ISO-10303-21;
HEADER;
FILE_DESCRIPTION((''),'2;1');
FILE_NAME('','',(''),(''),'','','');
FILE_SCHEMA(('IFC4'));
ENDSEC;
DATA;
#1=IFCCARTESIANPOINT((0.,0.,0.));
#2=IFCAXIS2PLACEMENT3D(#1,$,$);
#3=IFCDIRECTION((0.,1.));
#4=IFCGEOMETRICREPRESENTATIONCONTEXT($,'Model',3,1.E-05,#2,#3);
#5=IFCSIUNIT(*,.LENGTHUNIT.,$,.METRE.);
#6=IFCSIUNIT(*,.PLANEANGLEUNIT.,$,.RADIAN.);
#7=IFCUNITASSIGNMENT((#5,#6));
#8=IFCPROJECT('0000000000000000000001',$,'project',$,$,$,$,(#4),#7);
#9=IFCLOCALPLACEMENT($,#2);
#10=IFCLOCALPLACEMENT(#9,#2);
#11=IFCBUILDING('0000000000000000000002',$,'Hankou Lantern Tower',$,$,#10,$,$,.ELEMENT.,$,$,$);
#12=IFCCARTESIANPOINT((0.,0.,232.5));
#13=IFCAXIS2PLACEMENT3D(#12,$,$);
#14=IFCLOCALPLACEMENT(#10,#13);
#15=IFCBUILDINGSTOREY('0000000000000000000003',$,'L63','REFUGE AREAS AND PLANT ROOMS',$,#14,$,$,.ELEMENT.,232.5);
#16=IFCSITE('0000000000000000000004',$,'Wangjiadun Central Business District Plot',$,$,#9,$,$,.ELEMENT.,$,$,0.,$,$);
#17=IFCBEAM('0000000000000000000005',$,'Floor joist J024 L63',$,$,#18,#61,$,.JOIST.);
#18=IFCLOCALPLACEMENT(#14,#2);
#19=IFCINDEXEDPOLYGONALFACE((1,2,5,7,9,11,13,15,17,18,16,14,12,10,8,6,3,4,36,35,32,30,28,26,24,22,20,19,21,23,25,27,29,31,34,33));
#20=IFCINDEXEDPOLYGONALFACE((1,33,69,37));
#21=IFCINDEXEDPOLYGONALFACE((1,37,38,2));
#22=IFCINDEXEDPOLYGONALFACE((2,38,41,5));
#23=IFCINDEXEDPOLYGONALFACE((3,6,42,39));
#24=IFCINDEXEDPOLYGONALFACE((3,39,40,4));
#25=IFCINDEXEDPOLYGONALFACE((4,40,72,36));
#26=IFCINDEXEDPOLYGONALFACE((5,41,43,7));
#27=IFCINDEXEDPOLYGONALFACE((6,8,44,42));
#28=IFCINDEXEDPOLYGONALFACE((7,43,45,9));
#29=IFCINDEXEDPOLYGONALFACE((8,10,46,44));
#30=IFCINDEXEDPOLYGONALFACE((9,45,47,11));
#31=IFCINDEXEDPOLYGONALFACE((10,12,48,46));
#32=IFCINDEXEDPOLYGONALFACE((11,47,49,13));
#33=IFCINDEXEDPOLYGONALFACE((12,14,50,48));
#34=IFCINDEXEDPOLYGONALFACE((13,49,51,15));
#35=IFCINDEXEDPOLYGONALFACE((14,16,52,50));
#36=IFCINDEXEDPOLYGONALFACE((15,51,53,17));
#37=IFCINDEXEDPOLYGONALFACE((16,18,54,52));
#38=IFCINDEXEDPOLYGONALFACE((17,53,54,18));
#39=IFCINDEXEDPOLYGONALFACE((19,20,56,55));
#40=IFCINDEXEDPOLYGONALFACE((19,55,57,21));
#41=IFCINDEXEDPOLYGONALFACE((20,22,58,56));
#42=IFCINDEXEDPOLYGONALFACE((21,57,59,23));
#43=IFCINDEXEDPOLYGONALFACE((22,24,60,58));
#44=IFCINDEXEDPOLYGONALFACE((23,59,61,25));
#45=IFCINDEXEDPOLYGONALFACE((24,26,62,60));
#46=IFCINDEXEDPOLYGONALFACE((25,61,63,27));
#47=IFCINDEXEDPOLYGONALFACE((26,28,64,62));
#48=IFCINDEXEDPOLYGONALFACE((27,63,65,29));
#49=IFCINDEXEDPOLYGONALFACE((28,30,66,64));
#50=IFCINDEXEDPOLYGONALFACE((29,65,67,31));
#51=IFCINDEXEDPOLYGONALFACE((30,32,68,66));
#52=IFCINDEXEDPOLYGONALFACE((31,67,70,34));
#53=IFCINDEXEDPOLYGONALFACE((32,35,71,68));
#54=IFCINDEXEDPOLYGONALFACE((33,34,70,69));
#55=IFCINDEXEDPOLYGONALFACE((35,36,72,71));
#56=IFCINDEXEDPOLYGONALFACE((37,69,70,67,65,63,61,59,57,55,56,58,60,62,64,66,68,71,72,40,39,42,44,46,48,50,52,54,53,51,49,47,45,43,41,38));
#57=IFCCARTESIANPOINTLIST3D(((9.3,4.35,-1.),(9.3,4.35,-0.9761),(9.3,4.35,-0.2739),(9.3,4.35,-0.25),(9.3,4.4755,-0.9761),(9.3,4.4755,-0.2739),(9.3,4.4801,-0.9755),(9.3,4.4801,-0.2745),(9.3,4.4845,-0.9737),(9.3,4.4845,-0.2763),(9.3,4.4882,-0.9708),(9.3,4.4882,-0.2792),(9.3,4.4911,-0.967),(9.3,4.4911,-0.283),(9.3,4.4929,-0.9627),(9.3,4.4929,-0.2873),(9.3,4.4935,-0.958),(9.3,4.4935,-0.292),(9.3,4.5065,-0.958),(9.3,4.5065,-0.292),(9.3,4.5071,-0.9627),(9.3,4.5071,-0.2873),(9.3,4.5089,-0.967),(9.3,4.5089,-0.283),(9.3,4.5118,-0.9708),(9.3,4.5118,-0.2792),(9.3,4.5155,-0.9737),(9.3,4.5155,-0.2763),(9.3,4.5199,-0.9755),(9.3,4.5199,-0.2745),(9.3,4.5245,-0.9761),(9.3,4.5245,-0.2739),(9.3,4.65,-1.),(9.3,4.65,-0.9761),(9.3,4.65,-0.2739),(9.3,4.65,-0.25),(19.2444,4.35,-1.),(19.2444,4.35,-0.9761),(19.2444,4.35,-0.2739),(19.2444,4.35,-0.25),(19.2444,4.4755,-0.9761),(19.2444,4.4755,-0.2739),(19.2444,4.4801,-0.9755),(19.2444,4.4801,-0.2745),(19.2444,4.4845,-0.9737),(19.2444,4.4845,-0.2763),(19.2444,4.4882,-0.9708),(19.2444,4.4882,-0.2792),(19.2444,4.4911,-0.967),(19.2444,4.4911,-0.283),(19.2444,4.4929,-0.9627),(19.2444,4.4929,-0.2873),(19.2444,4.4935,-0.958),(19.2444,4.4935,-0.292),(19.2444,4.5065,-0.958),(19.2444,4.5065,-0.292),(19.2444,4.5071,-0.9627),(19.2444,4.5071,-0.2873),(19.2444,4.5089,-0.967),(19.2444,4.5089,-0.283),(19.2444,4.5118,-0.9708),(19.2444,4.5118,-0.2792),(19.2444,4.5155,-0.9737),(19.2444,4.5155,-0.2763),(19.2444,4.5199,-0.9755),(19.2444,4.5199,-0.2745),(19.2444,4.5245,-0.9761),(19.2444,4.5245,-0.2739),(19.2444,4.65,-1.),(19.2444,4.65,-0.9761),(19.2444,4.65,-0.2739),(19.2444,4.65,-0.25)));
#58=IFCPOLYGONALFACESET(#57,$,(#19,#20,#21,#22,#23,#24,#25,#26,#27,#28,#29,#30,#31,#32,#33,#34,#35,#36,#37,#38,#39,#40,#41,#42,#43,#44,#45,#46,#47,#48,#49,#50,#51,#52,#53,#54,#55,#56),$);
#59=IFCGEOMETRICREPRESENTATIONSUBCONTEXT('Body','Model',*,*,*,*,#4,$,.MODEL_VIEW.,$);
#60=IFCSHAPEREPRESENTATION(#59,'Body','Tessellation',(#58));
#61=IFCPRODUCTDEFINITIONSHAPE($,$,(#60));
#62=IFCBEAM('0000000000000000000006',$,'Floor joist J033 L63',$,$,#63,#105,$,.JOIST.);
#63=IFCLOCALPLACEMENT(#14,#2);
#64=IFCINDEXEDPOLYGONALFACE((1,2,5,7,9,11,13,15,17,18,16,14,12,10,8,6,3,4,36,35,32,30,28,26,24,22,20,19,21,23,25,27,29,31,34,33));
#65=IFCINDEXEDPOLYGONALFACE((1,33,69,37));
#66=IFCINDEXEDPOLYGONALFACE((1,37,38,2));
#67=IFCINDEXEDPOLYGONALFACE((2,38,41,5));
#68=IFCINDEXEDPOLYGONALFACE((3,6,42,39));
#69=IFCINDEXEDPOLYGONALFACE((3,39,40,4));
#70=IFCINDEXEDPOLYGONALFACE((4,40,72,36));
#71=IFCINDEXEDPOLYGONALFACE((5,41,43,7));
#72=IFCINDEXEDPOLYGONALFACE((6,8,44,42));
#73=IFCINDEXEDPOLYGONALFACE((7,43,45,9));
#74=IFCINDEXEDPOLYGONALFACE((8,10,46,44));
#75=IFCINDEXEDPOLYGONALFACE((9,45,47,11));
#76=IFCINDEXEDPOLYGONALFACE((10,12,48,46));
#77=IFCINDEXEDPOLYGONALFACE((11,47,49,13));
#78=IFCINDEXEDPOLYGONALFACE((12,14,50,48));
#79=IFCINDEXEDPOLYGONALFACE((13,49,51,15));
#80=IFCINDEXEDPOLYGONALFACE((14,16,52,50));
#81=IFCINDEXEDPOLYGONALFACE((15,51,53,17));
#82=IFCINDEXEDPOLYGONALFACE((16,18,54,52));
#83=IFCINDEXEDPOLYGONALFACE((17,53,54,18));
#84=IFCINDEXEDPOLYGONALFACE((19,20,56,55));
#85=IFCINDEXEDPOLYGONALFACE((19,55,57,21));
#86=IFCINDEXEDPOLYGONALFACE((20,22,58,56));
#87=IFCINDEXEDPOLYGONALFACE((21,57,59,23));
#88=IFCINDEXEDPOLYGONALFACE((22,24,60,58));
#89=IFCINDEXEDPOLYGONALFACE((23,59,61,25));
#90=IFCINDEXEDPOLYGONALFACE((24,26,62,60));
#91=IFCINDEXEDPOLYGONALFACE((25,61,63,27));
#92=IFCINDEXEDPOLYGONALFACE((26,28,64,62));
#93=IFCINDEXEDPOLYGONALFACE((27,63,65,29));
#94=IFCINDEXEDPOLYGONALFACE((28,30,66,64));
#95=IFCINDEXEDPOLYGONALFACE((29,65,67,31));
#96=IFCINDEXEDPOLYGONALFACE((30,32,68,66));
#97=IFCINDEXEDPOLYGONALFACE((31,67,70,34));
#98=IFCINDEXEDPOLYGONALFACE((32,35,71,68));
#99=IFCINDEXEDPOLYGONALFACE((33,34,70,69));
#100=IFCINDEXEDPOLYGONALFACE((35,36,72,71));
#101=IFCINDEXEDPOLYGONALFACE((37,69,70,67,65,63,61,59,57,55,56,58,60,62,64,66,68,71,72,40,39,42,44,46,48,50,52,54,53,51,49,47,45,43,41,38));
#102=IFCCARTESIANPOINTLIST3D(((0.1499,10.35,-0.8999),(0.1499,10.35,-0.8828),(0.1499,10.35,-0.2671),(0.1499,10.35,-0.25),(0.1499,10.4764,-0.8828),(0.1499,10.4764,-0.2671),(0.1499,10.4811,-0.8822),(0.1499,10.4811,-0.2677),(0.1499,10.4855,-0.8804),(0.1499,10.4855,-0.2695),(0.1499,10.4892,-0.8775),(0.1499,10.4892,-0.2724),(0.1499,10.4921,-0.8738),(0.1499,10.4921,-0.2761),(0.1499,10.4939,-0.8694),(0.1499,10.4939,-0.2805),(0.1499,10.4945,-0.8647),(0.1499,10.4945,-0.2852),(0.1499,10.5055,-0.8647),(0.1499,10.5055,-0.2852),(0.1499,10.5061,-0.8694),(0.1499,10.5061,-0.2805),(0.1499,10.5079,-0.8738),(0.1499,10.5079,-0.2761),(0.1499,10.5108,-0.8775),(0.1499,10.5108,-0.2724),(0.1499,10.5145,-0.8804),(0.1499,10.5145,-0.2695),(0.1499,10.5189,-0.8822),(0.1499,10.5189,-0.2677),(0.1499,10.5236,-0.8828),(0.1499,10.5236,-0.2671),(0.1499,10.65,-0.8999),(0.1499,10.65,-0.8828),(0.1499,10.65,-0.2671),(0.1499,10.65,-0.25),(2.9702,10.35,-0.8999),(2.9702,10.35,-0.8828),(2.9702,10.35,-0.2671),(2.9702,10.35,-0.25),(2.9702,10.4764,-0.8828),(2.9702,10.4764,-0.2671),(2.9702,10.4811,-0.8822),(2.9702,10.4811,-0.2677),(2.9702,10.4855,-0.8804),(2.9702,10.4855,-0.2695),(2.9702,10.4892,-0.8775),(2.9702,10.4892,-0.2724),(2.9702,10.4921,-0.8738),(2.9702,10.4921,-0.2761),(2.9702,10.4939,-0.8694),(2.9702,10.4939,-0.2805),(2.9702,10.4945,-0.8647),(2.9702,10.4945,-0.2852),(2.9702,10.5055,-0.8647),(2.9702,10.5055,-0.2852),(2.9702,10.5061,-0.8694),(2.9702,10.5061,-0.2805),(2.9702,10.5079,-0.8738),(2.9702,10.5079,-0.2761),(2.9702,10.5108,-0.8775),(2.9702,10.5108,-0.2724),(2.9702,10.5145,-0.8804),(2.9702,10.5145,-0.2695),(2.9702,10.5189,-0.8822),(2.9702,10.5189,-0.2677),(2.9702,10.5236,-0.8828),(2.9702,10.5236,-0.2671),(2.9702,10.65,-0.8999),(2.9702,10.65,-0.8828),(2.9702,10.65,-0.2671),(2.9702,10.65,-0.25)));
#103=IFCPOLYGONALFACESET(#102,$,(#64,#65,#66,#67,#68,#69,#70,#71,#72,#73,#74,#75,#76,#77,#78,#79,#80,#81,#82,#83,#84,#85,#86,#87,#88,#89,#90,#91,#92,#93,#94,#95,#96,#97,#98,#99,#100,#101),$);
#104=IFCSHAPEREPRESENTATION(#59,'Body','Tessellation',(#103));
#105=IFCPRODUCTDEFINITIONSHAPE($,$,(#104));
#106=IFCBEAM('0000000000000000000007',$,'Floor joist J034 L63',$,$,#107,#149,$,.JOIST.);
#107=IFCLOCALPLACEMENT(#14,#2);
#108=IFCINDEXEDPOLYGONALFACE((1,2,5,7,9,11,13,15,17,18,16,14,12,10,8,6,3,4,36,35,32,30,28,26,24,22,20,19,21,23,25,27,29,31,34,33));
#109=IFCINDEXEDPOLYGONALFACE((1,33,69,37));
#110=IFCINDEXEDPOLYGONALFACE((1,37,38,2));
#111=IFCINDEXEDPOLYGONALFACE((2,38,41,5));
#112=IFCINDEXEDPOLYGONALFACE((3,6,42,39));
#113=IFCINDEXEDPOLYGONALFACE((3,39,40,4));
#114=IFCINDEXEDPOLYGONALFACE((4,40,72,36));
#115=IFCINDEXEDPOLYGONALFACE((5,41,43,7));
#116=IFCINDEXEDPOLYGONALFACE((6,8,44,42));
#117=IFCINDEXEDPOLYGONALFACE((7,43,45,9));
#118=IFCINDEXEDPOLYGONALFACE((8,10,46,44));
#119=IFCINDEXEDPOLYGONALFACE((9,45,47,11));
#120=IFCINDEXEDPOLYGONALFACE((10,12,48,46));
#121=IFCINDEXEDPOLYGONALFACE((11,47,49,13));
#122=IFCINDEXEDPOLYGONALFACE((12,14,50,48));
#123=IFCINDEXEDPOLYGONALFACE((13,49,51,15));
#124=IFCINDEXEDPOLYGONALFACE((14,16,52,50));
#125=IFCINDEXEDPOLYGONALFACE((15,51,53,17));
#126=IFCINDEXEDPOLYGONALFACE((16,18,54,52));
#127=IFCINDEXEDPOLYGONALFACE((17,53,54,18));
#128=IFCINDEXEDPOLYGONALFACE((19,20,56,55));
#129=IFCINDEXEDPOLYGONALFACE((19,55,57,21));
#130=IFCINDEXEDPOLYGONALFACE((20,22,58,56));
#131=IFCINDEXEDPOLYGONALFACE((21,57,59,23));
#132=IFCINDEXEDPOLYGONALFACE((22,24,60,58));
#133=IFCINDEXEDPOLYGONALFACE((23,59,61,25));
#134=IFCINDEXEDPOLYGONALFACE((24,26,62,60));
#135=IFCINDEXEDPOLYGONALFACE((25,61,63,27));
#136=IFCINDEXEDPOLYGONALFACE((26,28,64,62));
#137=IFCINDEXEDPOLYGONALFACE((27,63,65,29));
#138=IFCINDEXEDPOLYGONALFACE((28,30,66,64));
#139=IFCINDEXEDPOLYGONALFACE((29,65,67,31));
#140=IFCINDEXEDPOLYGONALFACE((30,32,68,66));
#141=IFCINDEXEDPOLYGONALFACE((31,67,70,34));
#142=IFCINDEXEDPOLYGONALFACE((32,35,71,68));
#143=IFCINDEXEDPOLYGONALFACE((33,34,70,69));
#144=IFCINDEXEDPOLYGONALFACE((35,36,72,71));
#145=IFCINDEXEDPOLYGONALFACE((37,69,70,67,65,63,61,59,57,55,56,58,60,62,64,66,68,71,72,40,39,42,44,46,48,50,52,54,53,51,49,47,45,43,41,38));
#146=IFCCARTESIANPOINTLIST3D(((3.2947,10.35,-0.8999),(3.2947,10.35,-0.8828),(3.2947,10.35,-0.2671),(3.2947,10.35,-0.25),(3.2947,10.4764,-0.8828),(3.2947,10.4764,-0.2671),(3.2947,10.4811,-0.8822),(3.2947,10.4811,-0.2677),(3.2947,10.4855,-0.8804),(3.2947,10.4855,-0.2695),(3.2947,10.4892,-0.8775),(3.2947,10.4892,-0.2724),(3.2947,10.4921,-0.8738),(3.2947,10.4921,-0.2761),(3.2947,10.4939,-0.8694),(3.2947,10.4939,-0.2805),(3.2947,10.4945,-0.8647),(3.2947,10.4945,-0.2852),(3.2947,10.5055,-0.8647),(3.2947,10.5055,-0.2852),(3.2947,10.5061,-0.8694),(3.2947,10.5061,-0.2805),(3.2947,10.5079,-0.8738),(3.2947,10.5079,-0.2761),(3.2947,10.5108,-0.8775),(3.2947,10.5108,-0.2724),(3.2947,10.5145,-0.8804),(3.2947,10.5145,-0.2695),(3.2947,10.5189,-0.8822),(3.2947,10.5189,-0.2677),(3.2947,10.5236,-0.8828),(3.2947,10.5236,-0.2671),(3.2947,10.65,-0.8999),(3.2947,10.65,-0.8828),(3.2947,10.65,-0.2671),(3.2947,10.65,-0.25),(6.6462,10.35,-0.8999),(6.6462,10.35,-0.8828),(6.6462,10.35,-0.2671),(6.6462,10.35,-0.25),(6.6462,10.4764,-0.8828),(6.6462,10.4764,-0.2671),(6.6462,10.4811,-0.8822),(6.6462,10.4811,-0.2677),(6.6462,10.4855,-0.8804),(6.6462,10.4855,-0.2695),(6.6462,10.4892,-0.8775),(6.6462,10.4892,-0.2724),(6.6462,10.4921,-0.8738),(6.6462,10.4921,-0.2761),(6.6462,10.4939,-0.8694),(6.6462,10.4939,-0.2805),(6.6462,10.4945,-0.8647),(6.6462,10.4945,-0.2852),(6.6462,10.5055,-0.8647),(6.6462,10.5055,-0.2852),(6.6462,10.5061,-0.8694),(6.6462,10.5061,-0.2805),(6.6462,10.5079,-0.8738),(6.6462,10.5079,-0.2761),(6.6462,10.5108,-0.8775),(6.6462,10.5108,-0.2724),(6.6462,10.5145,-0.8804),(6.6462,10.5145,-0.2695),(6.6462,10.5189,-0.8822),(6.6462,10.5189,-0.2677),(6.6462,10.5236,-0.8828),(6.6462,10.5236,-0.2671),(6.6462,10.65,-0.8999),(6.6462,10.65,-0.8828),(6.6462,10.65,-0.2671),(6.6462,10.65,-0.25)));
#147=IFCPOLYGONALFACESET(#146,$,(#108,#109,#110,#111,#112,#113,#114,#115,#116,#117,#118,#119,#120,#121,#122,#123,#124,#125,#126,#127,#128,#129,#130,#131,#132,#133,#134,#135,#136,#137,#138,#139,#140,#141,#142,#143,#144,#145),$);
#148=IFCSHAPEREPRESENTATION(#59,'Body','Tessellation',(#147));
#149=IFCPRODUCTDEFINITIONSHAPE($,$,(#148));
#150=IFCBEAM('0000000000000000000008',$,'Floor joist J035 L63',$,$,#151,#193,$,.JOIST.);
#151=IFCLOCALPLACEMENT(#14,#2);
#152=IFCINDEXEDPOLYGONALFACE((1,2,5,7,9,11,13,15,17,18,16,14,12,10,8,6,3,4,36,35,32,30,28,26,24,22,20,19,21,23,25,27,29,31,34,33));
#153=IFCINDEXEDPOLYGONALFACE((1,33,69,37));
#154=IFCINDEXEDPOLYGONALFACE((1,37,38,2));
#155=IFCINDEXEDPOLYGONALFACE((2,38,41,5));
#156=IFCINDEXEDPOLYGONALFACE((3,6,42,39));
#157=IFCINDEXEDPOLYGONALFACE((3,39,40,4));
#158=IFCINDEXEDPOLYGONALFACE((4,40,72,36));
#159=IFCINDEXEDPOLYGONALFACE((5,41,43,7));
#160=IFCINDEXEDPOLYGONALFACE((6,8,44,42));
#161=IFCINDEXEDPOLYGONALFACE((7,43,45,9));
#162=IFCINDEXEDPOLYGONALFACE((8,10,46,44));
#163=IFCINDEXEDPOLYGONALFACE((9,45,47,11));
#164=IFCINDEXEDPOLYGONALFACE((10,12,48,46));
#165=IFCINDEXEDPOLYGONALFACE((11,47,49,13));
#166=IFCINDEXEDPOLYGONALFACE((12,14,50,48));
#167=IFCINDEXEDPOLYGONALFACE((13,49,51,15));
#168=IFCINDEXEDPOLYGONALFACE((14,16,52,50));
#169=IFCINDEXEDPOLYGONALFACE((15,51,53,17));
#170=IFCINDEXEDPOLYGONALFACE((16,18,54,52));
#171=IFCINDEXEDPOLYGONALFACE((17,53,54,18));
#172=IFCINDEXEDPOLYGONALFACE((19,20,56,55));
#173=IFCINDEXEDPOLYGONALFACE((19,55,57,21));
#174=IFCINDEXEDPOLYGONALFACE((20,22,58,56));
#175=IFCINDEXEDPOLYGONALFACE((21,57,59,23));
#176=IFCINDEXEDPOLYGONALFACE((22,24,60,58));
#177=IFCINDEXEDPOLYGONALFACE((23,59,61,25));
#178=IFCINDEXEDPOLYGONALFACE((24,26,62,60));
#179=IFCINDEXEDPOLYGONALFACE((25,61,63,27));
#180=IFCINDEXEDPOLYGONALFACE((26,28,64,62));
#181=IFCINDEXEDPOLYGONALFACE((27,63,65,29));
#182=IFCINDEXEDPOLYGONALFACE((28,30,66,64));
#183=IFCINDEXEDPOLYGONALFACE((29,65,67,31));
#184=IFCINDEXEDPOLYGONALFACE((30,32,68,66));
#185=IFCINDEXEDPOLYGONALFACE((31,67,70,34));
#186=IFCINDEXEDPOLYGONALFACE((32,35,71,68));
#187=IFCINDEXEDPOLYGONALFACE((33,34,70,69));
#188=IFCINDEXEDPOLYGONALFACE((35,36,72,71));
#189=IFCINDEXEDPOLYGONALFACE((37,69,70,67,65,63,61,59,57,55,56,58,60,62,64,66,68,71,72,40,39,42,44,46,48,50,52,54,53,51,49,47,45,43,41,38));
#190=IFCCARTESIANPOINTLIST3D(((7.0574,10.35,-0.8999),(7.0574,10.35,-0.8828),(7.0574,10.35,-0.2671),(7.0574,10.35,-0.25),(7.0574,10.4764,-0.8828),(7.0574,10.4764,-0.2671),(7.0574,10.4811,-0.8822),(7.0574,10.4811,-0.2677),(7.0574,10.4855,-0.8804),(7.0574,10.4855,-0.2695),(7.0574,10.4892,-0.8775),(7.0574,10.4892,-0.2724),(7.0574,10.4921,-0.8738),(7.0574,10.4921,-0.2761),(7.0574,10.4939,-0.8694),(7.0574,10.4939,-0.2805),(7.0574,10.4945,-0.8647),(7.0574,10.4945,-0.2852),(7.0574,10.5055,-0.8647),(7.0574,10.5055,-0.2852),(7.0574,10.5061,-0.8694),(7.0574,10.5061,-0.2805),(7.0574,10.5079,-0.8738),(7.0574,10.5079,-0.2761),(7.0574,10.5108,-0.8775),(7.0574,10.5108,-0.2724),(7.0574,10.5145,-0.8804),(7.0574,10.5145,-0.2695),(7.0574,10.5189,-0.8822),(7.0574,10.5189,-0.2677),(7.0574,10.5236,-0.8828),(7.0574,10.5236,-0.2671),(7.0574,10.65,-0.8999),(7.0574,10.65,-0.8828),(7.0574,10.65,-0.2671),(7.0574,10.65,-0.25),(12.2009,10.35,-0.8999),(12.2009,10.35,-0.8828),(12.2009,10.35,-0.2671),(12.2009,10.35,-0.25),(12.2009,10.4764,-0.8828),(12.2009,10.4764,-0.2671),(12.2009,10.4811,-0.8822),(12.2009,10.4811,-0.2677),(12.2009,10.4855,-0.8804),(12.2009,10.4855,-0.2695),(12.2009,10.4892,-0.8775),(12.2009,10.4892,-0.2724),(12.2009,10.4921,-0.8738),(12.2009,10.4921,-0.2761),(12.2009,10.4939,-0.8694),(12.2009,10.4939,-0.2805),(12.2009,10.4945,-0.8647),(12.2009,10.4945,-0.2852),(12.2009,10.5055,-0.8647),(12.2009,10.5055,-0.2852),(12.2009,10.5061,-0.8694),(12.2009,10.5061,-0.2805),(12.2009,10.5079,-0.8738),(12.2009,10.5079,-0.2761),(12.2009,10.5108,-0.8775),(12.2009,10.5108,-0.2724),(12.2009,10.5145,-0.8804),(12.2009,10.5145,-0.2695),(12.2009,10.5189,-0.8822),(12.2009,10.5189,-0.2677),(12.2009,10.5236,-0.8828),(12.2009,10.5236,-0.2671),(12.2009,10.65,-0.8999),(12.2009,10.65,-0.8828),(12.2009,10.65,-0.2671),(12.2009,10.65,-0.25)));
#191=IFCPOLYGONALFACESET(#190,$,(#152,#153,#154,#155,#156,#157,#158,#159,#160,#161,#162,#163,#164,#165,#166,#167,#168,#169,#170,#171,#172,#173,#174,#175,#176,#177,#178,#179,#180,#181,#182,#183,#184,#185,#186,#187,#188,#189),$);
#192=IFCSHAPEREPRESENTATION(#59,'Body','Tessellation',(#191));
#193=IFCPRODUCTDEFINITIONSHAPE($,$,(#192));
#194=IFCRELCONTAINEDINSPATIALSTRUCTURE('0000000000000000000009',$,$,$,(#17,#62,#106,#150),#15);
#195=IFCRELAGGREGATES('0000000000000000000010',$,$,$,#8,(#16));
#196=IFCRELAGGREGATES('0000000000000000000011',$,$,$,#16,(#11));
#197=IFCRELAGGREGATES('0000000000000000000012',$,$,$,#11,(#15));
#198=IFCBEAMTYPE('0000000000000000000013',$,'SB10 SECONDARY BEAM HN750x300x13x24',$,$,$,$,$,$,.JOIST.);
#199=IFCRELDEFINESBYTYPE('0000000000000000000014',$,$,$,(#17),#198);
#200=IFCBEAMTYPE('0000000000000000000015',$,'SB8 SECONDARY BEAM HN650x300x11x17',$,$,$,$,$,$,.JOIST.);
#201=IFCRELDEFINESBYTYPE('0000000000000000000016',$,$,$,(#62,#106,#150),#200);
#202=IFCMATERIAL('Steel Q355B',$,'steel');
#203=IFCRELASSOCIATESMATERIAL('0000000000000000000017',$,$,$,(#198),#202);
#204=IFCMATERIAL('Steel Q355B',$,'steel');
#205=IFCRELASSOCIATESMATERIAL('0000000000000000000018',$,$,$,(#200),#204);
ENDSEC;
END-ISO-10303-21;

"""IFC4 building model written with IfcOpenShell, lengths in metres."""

from ifc_helpers import new_model, si_unit, direction, frame, origin, origin_2d, place, context, subcontext, project, spatial, i_section, extrude, material, material_profile, profile_set, type_object, element, save


model = new_model("IFC4")

# Units and contexts
model_context = context("Model", 3, precision=1e-05, world=origin(), true_north=direction((0.0, 1.0)))
body_context = subcontext(model_context, "Body", "Model", "MODEL_VIEW")
ifc_project = project(units=[si_unit("LENGTHUNIT", "METRE"), si_unit("PLANEANGLEUNIT", "RADIAN")], contexts=[model_context])

# Site, building, storey
site_placement = place(None, origin())
site = spatial("IfcSite", under=ifc_project, at=site_placement, Name="Wangjiadun Central Business District Plot", CompositionType="ELEMENT", RefElevation=0.0)
building_placement = place(site_placement, origin())
building = spatial("IfcBuilding", under=site, at=building_placement, Name="Hankou Lantern Tower", CompositionType="ELEMENT")
storey_placement = place(building_placement, frame((0.0, 0.0, 232.5)))
storey = spatial("IfcBuildingStorey", under=building, at=storey_placement, Name="L63", Description="REFUGE AREAS AND PLANT ROOMS", CompositionType="ELEMENT", Elevation=232.5)

# Beams
ifc_material_1 = material(Name="Steel Q355B", Category="steel")
ifc_material_profile_1 = material_profile(ifc_material_1, i_section(OverallWidth=0.3, OverallDepth=0.75, WebThickness=0.0129, FlangeThickness=0.0239, FilletRadius=0.0181, at=origin_2d()), Name="HN750x300x13x24")
ifc_profile_set_1 = profile_set([ifc_material_profile_1], Name="Steel Q355B")
beam_type_1 = type_object("IfcBeamType", Name="SB10 SECONDARY BEAM HN750x300x13x24", PredefinedType="JOIST", material=ifc_profile_set_1)
beam_1_placement = place(storey_placement, frame((9.3, 4.5, -0.625), z_axis=(1.0, 0.0, 0.0), x_axis=(0.0, 1.0, 0.0)))
element("IfcBeam", 1, at=beam_1_placement, inside=storey, type_object=beam_type_1, Name="Floor joist J024 L63", PredefinedType="JOIST", context=body_context, shape_type="SweptSolid", body=[
    extrude(i_section(OverallWidth=0.3, OverallDepth=0.75, WebThickness=0.0129, FlangeThickness=0.0239, FilletRadius=0.0181, at=origin_2d()), origin(), (0.0, 0.0, 1.0), 9.9443),
])
ifc_material_2 = material(Name="Steel Q355B", Category="steel")
ifc_material_profile_2 = material_profile(ifc_material_2, i_section(OverallWidth=0.3, OverallDepth=0.6499, WebThickness=0.011, FlangeThickness=0.0171, FilletRadius=0.0181, at=origin_2d()), Name="HN650x300x11x17")
ifc_profile_set_2 = profile_set([ifc_material_profile_2], Name="Steel Q355B")
beam_type_2 = type_object("IfcBeamType", Name="SB8 SECONDARY BEAM HN650x300x11x17", PredefinedType="JOIST", material=ifc_profile_set_2)
beam_2_placement = place(storey_placement, frame((0.1499, 10.5, -0.575), z_axis=(1.0, 0.0, 0.0), x_axis=(0.0, 1.0, 0.0)))
element("IfcBeam", 2, at=beam_2_placement, inside=storey, type_object=beam_type_2, Name="Floor joist J033 L63", PredefinedType="JOIST", context=body_context, shape_type="SweptSolid", body=[
    extrude(i_section(OverallWidth=0.3, OverallDepth=0.6499, WebThickness=0.011, FlangeThickness=0.0171, FilletRadius=0.0181, at=origin_2d()), origin(), (0.0, 0.0, 1.0), 2.8203),
])
beam_3_placement = place(storey_placement, frame((3.2947, 10.5, -0.575), z_axis=(1.0, 0.0, 0.0), x_axis=(0.0, 1.0, 0.0)))
element("IfcBeam", 3, at=beam_3_placement, inside=storey, type_object=beam_type_2, Name="Floor joist J034 L63", PredefinedType="JOIST", context=body_context, shape_type="SweptSolid", body=[
    extrude(i_section(OverallWidth=0.3, OverallDepth=0.6499, WebThickness=0.011, FlangeThickness=0.0171, FilletRadius=0.0181, at=origin_2d()), origin(), (0.0, 0.0, 1.0), 3.3516),
])
beam_4_placement = place(storey_placement, frame((7.0574, 10.5, -0.575), z_axis=(1.0, 0.0, 0.0), x_axis=(0.0, 1.0, 0.0)))
element("IfcBeam", 4, at=beam_4_placement, inside=storey, type_object=beam_type_2, Name="Floor joist J035 L63", PredefinedType="JOIST", context=body_context, shape_type="SweptSolid", body=[
    extrude(i_section(OverallWidth=0.3, OverallDepth=0.6499, WebThickness=0.011, FlangeThickness=0.0171, FilletRadius=0.0181, at=origin_2d()), origin(), (0.0, 0.0, 1.0), 5.1436),
])

save(model, "model.ifc")
